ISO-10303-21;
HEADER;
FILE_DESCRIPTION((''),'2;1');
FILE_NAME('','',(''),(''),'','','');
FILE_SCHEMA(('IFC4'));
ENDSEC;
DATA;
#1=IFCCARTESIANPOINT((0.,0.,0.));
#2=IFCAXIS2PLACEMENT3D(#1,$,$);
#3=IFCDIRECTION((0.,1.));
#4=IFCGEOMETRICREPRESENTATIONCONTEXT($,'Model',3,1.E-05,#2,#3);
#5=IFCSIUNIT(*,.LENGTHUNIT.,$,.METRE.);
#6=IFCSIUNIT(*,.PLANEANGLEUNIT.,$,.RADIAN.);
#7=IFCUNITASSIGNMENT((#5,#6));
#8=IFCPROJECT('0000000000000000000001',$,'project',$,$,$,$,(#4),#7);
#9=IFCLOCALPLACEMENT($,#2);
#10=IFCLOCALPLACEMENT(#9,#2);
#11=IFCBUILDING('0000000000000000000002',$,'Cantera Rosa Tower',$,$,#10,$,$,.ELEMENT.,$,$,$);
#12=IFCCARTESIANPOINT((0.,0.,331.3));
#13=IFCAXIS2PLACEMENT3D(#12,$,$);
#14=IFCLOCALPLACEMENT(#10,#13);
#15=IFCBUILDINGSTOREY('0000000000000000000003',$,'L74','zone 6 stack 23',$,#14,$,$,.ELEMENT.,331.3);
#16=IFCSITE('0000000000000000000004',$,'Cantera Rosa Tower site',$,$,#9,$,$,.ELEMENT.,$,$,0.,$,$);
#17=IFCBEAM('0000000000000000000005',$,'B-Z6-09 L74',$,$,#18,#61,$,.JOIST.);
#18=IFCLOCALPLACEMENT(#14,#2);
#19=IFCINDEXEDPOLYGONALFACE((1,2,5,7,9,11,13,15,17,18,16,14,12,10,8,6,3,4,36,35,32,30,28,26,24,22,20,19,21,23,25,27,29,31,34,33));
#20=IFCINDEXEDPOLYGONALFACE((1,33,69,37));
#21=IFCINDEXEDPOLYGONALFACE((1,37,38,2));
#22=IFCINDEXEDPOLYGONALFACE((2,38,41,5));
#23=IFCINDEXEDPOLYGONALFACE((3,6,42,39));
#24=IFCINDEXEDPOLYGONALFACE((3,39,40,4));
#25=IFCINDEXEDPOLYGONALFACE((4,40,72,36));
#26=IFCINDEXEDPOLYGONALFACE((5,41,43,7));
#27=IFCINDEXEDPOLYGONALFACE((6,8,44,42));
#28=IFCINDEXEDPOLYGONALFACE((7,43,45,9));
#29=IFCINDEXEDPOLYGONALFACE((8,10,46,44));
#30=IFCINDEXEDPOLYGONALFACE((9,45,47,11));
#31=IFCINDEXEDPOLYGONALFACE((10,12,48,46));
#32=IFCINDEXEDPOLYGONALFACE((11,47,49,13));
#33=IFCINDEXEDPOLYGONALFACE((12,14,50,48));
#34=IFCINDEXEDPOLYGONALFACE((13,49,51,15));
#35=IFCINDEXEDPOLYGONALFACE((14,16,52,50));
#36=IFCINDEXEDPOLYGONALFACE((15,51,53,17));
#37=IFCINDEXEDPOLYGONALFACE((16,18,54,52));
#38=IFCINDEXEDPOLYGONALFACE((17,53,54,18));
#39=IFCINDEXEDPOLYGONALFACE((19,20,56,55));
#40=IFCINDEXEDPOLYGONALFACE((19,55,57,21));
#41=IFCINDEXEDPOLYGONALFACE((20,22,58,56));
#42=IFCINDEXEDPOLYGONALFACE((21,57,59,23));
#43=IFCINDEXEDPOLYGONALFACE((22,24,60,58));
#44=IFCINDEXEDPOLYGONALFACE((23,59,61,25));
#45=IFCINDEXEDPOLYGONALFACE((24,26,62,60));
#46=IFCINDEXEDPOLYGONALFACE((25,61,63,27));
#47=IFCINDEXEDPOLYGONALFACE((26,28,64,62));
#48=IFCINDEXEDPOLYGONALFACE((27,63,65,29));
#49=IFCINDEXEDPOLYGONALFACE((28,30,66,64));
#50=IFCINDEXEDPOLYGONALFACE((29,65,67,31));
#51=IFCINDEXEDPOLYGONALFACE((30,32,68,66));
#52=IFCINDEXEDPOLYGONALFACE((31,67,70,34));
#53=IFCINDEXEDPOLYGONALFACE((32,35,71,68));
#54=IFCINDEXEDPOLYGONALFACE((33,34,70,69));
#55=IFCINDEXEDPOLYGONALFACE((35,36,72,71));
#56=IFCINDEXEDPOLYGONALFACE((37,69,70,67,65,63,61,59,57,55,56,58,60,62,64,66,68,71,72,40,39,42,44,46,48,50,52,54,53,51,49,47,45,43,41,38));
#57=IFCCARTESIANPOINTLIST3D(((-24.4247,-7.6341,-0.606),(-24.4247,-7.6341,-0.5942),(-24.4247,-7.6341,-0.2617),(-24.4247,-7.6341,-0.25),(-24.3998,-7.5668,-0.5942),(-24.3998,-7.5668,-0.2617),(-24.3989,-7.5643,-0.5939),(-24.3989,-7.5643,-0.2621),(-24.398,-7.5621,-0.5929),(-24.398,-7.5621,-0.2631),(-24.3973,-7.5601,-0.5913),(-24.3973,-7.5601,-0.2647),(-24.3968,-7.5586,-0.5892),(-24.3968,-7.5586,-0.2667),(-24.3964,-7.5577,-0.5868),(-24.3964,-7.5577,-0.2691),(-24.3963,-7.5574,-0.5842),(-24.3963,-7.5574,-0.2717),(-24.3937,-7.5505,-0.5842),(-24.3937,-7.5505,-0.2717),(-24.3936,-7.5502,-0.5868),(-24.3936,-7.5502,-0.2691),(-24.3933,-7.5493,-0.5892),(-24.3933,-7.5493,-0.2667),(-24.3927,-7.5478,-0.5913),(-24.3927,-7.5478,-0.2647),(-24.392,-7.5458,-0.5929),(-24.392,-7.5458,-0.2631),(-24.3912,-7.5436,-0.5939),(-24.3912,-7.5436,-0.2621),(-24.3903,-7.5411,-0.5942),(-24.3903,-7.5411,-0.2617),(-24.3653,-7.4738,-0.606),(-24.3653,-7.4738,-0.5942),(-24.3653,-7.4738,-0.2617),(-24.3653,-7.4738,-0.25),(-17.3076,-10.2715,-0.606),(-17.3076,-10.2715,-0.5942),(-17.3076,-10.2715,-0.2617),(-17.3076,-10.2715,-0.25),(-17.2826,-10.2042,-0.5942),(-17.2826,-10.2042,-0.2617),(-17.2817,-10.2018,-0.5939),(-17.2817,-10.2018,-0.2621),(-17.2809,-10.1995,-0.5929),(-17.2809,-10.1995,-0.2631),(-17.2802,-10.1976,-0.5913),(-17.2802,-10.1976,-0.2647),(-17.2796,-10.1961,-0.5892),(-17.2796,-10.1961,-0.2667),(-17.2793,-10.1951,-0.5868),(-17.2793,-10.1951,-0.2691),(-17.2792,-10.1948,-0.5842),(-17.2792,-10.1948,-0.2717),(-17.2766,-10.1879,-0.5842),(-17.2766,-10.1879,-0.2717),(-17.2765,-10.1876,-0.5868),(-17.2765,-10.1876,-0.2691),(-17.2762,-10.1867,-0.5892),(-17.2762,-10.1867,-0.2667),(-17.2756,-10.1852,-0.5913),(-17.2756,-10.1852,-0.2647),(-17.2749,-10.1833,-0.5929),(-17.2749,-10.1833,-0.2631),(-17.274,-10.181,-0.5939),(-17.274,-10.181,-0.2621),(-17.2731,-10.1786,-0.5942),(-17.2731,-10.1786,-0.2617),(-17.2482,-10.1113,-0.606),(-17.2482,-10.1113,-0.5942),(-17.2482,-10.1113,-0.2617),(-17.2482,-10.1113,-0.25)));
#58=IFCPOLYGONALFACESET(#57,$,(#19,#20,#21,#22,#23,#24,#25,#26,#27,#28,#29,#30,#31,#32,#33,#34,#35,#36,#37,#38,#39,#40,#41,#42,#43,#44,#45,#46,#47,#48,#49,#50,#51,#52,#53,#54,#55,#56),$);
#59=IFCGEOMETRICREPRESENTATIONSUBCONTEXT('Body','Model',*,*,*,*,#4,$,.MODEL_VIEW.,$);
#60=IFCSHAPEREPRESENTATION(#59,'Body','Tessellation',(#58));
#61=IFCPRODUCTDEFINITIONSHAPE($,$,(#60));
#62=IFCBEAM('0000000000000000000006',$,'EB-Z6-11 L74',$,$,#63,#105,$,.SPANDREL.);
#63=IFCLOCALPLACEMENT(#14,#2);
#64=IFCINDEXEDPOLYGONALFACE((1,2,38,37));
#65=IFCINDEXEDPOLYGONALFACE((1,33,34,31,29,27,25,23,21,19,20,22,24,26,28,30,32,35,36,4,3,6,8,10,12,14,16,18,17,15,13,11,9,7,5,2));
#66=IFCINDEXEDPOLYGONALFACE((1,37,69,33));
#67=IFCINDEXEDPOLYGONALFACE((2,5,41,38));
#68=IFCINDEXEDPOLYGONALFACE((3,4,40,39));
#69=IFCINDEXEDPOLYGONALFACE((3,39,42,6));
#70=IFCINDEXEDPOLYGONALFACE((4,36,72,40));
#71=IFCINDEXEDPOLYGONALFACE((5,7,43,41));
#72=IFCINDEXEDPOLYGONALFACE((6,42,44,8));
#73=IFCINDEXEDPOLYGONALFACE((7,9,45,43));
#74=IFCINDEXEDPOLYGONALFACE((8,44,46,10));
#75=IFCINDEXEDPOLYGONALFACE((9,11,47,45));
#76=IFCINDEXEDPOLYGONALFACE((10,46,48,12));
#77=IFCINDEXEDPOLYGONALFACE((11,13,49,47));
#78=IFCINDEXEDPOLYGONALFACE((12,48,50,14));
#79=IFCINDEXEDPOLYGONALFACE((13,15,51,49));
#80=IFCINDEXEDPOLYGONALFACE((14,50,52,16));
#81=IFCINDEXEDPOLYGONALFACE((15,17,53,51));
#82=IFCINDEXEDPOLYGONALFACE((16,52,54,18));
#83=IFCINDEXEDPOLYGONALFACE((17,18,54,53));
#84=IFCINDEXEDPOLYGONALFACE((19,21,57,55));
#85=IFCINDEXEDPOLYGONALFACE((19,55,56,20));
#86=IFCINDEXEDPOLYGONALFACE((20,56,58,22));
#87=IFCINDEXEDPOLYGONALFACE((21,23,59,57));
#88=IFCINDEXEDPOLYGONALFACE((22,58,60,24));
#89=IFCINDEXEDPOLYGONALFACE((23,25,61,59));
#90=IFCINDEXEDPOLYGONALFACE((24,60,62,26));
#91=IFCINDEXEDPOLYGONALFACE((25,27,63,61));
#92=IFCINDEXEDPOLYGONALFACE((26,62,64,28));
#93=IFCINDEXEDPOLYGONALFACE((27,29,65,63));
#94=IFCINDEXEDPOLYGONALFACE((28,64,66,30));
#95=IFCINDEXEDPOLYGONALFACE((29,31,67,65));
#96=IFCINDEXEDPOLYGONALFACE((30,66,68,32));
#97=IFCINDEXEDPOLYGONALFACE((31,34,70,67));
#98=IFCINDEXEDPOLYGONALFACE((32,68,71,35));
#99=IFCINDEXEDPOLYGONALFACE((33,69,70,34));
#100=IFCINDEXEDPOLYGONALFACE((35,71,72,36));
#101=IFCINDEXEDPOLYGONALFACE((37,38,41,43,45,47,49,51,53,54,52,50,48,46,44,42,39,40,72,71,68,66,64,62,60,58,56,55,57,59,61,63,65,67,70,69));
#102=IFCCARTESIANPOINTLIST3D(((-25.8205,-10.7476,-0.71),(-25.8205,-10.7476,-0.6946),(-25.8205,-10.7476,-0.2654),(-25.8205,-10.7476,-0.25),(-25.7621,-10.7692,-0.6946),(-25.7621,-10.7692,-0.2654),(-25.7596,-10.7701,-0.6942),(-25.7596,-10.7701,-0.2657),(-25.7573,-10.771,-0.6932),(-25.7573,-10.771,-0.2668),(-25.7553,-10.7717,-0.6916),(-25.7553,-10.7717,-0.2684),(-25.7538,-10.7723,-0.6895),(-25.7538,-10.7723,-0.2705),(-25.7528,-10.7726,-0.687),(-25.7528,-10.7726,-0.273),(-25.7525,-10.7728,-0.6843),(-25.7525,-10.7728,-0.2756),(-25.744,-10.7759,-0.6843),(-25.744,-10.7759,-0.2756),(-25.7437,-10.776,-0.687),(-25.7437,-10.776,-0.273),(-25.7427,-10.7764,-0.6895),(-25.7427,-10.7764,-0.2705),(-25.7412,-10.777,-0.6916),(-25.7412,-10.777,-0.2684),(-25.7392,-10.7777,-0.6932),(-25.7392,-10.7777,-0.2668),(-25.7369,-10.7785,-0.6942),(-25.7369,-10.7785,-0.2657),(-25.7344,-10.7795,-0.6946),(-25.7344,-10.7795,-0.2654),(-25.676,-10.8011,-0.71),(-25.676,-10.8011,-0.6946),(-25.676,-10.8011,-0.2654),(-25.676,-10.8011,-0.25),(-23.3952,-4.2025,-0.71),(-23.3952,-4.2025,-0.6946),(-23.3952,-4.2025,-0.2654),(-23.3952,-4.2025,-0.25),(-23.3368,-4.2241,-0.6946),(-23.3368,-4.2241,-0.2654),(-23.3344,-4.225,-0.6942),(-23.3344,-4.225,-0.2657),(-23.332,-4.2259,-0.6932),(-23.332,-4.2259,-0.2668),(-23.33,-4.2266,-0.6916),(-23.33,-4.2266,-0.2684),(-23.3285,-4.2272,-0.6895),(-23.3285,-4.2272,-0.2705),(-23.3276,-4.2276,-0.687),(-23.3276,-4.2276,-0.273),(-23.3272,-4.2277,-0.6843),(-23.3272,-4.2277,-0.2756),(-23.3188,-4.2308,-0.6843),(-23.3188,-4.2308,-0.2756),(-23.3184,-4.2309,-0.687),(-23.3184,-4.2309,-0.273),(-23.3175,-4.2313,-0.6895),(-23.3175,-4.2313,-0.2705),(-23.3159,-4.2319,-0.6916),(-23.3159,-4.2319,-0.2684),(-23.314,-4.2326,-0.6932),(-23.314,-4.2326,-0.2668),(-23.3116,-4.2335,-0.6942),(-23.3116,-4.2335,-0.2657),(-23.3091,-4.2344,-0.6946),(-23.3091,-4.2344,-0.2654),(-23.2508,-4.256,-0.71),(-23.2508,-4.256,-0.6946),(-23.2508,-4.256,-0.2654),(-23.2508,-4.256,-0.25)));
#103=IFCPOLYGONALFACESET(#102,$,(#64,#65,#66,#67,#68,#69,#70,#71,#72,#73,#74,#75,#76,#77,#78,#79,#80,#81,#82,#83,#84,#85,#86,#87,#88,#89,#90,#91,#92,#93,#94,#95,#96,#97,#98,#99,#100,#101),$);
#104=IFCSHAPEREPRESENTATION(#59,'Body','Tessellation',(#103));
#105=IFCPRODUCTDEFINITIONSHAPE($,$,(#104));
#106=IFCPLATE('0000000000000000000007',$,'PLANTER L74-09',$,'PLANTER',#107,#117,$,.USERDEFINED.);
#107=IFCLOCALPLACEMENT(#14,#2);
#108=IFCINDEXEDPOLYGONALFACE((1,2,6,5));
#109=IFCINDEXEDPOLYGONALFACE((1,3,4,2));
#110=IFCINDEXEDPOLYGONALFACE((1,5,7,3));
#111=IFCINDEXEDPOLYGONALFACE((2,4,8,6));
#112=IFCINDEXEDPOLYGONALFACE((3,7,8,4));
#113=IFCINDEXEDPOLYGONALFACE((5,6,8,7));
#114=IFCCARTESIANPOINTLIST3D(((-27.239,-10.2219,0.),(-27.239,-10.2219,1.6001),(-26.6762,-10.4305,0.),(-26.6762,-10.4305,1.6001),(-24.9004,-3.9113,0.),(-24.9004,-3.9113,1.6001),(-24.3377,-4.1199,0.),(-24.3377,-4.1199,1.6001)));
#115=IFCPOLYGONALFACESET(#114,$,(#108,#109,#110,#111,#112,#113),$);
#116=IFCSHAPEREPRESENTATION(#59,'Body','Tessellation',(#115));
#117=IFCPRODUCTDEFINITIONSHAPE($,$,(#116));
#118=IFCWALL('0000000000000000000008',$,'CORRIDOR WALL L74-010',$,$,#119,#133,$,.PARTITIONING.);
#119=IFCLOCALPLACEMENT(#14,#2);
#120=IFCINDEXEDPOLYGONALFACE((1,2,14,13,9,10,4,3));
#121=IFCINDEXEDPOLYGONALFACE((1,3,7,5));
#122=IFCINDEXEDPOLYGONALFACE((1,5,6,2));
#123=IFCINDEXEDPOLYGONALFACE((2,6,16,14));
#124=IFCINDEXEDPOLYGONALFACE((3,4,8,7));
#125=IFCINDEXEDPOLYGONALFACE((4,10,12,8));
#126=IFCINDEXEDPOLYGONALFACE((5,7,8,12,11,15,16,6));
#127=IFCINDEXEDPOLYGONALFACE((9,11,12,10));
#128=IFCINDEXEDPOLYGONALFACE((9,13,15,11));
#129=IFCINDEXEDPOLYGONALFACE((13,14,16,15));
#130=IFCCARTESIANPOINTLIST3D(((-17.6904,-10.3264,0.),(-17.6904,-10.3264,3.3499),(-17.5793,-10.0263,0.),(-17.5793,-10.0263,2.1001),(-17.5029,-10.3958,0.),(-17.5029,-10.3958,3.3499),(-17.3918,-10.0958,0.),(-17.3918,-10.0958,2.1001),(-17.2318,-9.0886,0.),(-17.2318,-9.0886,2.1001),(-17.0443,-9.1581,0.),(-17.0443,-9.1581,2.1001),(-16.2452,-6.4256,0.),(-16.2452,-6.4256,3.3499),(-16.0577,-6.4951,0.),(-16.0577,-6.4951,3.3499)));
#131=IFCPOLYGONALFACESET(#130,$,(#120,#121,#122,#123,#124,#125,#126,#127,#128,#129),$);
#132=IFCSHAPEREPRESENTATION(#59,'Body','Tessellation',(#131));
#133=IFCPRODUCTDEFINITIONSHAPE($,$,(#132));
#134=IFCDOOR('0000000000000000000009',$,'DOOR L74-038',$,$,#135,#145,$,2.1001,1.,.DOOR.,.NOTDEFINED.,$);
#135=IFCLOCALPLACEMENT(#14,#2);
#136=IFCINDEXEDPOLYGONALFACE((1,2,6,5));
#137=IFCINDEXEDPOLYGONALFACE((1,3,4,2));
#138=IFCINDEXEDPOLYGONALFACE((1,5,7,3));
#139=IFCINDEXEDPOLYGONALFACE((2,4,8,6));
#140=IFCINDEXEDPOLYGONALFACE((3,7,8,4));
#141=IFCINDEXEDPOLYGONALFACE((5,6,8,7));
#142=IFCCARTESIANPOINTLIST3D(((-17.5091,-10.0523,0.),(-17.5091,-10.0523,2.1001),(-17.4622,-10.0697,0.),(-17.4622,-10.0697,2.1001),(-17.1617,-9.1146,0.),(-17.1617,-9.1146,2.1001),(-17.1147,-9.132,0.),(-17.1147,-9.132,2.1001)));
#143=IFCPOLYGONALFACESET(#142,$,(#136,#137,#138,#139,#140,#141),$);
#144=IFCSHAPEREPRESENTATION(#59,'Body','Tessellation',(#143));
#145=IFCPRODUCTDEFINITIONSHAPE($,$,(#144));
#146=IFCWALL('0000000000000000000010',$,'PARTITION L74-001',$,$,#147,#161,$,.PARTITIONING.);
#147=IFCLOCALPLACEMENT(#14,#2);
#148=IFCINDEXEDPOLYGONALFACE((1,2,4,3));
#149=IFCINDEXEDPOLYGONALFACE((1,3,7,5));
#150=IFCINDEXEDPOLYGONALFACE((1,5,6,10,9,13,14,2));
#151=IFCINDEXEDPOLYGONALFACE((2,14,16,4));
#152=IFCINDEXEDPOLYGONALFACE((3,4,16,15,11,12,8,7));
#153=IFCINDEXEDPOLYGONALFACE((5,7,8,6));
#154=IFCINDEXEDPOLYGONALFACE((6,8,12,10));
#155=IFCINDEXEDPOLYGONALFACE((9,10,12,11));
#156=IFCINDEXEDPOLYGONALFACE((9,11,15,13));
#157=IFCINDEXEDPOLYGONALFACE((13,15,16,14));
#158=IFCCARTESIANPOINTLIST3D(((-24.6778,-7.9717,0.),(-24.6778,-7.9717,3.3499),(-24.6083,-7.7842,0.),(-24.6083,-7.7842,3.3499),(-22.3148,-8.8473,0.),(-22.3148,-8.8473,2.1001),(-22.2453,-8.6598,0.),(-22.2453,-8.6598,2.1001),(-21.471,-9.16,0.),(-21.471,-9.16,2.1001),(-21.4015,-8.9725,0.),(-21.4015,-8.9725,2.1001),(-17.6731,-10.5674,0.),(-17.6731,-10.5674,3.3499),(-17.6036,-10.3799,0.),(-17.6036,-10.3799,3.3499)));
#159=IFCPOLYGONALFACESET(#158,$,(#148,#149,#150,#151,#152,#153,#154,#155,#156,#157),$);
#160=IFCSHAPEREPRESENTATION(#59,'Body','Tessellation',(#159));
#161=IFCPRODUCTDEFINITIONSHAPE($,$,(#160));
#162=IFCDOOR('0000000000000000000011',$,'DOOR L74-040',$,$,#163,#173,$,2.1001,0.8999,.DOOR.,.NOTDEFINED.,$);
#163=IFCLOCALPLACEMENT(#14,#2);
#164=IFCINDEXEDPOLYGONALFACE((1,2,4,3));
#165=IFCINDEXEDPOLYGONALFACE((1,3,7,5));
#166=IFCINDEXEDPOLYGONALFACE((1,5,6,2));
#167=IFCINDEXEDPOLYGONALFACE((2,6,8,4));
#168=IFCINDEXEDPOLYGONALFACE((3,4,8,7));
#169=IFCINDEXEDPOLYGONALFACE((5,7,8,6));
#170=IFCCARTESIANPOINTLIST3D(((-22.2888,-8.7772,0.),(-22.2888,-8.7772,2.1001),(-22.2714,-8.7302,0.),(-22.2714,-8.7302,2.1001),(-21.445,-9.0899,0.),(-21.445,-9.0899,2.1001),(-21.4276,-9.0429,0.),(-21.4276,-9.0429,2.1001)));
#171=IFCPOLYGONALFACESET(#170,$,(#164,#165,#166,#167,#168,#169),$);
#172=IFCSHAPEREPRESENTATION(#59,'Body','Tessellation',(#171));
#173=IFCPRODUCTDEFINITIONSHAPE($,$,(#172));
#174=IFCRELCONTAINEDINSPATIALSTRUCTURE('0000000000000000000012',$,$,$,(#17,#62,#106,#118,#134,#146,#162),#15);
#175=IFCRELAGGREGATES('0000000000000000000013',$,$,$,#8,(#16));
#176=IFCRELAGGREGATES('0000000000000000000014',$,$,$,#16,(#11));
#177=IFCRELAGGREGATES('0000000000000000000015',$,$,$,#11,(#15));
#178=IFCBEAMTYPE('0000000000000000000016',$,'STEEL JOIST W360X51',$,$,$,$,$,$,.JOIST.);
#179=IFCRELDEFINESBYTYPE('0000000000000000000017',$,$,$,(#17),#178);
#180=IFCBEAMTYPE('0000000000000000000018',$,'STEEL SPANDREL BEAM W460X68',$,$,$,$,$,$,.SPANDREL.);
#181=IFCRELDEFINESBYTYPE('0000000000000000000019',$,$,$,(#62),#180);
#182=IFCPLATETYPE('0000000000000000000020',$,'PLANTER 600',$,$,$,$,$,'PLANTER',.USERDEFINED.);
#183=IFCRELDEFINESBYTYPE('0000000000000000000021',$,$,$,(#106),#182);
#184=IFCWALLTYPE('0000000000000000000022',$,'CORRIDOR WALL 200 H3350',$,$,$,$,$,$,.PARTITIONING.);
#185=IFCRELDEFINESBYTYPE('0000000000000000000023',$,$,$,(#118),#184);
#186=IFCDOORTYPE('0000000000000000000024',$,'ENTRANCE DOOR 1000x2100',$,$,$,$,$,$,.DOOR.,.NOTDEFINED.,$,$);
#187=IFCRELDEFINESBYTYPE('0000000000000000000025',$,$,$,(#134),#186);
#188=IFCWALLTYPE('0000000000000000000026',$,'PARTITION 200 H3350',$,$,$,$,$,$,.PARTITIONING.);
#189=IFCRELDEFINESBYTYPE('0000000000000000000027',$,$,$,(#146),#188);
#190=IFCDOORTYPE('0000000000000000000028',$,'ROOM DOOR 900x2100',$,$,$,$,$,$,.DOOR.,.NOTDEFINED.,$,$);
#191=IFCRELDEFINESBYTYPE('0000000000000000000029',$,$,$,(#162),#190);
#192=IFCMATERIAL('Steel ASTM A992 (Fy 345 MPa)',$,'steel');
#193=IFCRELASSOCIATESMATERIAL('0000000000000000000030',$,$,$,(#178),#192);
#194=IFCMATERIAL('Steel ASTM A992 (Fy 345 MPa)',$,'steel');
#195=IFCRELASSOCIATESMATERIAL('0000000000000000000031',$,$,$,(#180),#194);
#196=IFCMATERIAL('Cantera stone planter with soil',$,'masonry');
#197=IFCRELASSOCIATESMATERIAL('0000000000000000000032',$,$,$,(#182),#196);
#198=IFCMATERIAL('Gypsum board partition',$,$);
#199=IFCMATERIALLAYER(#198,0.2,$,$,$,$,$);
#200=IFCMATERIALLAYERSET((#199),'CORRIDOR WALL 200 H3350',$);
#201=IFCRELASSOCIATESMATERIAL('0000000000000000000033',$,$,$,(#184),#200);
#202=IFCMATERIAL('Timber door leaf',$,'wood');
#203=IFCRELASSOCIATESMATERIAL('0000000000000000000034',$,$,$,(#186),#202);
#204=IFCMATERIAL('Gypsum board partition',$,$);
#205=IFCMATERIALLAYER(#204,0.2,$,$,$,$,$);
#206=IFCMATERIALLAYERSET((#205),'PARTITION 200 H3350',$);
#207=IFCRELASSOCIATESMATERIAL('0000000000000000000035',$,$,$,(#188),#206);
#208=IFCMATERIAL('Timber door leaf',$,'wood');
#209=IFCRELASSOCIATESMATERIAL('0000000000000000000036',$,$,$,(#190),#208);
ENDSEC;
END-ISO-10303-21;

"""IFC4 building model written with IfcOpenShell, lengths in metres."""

from ifc_helpers import new_model, si_unit, direction, frame, frame_2d, origin, origin_2d, place, context, subcontext, project, spatial, rectangle, i_section, extrude, material, layer, layer_set, material_profile, profile_set, type_object, element, fill, save


model = new_model("IFC4")

# Units and contexts
model_context = context("Model", 3, precision=1e-05, world=origin(), true_north=direction((0.0, 1.0)))
body_context = subcontext(model_context, "Body", "Model", "MODEL_VIEW")
ifc_project = project(units=[si_unit("LENGTHUNIT", "METRE"), si_unit("PLANEANGLEUNIT", "RADIAN")], contexts=[model_context])

# Site, building, storey
site_placement = place(None, origin())
site = spatial("IfcSite", under=ifc_project, at=site_placement, Name="Cantera Rosa Tower site", CompositionType="ELEMENT", RefElevation=0.0)
building_placement = place(site_placement, origin())
building = spatial("IfcBuilding", under=site, at=building_placement, Name="Cantera Rosa Tower", CompositionType="ELEMENT")
storey_placement = place(building_placement, frame((0.0, 0.0, 331.3)))
storey = spatial("IfcBuildingStorey", under=building, at=storey_placement, Name="L74", Description="zone 6 stack 23", CompositionType="ELEMENT", Elevation=331.3)

# Beams
ifc_material_1 = material(Name="Steel ASTM A992 (Fy 345 MPa)", Category="steel")
ifc_material_profile_1 = material_profile(ifc_material_1, i_section(OverallWidth=0.1709, OverallDepth=0.356, WebThickness=0.0073, FlangeThickness=0.0117, FilletRadius=0.01, at=origin_2d()), Name="W360X51")
ifc_profile_set_1 = profile_set([ifc_material_profile_1], Name="Steel ASTM A992 (Fy 345 MPa)")
beam_type_1 = type_object("IfcBeamType", Name="STEEL JOIST W360X51", PredefinedType="JOIST", material=ifc_profile_set_1)
beam_1_placement = place(storey_placement, frame((-24.395, -7.554, -0.428), z_axis=(0.937686, -0.347483, 0.0), x_axis=(0.347483, 0.937686, 0.0)))
element("IfcBeam", 1, at=beam_1_placement, inside=storey, type_object=beam_type_1, Name="B-Z6-09 L74", PredefinedType="JOIST", context=body_context, shape_type="SweptSolid", body=[
    extrude(i_section(OverallWidth=0.1709, OverallDepth=0.356, WebThickness=0.0073, FlangeThickness=0.0117, FilletRadius=0.01, at=origin_2d()), origin(), (0.0, 0.0, 1.0), 7.5901),
])
ifc_material_2 = material(Name="Steel ASTM A992 (Fy 345 MPa)", Category="steel")
ifc_material_profile_2 = material_profile(ifc_material_2, i_section(OverallWidth=0.1541, OverallDepth=0.46, WebThickness=0.009, FlangeThickness=0.0154, FilletRadius=0.0103, at=origin_2d()), Name="W460X68")
ifc_profile_set_2 = profile_set([ifc_material_profile_2], Name="Steel ASTM A992 (Fy 345 MPa)")
beam_type_2 = type_object("IfcBeamType", Name="STEEL SPANDREL BEAM W460X68", PredefinedType="SPANDREL", material=ifc_profile_set_2)
beam_2_placement = place(storey_placement, frame((-23.323, -4.2292, -0.48), z_axis=(-0.34746, -0.937695, 0.0), x_axis=(0.937695, -0.34746, 0.0)))
element("IfcBeam", 2, at=beam_2_placement, inside=storey, type_object=beam_type_2, Name="EB-Z6-11 L74", PredefinedType="SPANDREL", context=body_context, shape_type="SweptSolid", body=[
    extrude(i_section(OverallWidth=0.1541, OverallDepth=0.46, WebThickness=0.009, FlangeThickness=0.0154, FilletRadius=0.0103, at=origin_2d()), origin(), (0.0, 0.0, 1.0), 6.98),
])

# Plate
ifc_material_3 = material(Name="Cantera stone planter with soil", Category="masonry")
plate_type = type_object("IfcPlateType", Name="PLANTER 600", ElementType="PLANTER", PredefinedType="USERDEFINED", material=ifc_material_3)
plate_placement = place(storey_placement, frame((-25.7883, -7.1709, 0.0), z_axis=(0.0, 0.0, 1.0), x_axis=(-0.347481, -0.937687, 0.0)))
element("IfcPlate", 3, at=plate_placement, inside=storey, type_object=plate_type, Name="PLANTER L74-09", ObjectType="PLANTER", PredefinedType="USERDEFINED", context=body_context, shape_type="SweptSolid", body=[
    extrude(rectangle(XDim=6.73, YDim=0.6001, at=origin_2d()), origin(), (0.0, 0.0, 1.0), 1.6001),
])

# Wall, opening, door
ifc_material_4 = material(Name="Gypsum board partition")
ifc_layer_1 = layer(ifc_material_4, 0.2)
ifc_layer_set_1 = layer_set([ifc_layer_1], Name="CORRIDOR WALL 200 H3350")
wall_type_1 = type_object("IfcWallType", Name="CORRIDOR WALL 200 H3350", PredefinedType="PARTITIONING", material=ifc_layer_set_1)
wall_1_placement = place(storey_placement, frame((-16.1514, -6.4602, 0.0), z_axis=(0.0, 0.0, 1.0), x_axis=(-0.347429, -0.937706, 0.0)))
wall_1 = element("IfcWall", 4, at=wall_1_placement, inside=storey, type_object=wall_type_1, Name="CORRIDOR WALL L74-010", PredefinedType="PARTITIONING", context=body_context, shape_type="SweptSolid", body=[
    extrude(rectangle(XDim=4.1599, YDim=0.2, at=frame_2d((2.0801, 0.0))), origin(), (0.0, 0.0, 1.0), 3.3499),
])
opening_1_placement = place(wall_1_placement, frame((2.8401, 0.0, 0.0)))
opening_1 = element("IfcOpeningElement", 5, at=opening_1_placement, cuts=wall_1, PredefinedType="OPENING", context=body_context, shape_type="SweptSolid", body=[
    extrude(rectangle(XDim=1.0, YDim=2.1001, at=frame_2d((0.5, 1.05))), frame((0.0, 0.1099, 0.0), z_axis=(0.0, -1.0, 0.0), x_axis=(1.0, 0.0, 0.0)), (0.0, 0.0, 1.0), 0.22),
])
ifc_material_5 = material(Name="Timber door leaf", Category="wood")
door_type_1 = type_object("IfcDoorType", Name="ENTRANCE DOOR 1000x2100", OperationType="NOTDEFINED", PredefinedType="DOOR", material=ifc_material_5)
door_1_placement = place(opening_1_placement, origin())
door_1 = element("IfcDoor", 6, at=door_1_placement, inside=storey, type_object=door_type_1, Name="DOOR L74-038", OperationType="NOTDEFINED", OverallHeight=2.1001, OverallWidth=1.0, PredefinedType="DOOR", context=body_context, shape_type="SweptSolid", body=[
    extrude(rectangle(XDim=1.0, YDim=2.1001, at=frame_2d((0.5, 1.05))), frame((0.0, 0.0249, 0.0), z_axis=(0.0, -1.0, 0.0), x_axis=(1.0, 0.0, 0.0)), (0.0, 0.0, 1.0), 0.05),
])
fill(opening_1, door_1)

# Wall, opening, door
ifc_material_6 = material(Name="Gypsum board partition")
ifc_layer_2 = layer(ifc_material_6, 0.2)
ifc_layer_set_2 = layer_set([ifc_layer_2], Name="PARTITION 200 H3350")
wall_type_2 = type_object("IfcWallType", Name="PARTITION 200 H3350", PredefinedType="PARTITIONING", material=ifc_layer_set_2)
wall_2_placement = place(storey_placement, frame((-24.6431, -7.8779, 0.0), z_axis=(0.0, 0.0, 1.0), x_axis=(0.937688, -0.347478, 0.0)))
wall_2 = element("IfcWall", 7, at=wall_2_placement, inside=storey, type_object=wall_type_2, Name="PARTITION L74-001", PredefinedType="PARTITIONING", context=body_context, shape_type="SweptSolid", body=[
    extrude(rectangle(XDim=7.4702, YDim=0.2, at=frame_2d((3.7351, 0.0))), origin(), (0.0, 0.0, 1.0), 3.3499),
])
opening_2_placement = place(wall_2_placement, frame((2.52, 0.0, 0.0)))
opening_2 = element("IfcOpeningElement", 8, at=opening_2_placement, cuts=wall_2, PredefinedType="OPENING", context=body_context, shape_type="SweptSolid", body=[
    extrude(rectangle(XDim=0.8999, YDim=2.1001, at=frame_2d((0.45, 1.05))), frame((0.0, 0.1099, 0.0), z_axis=(0.0, -1.0, 0.0), x_axis=(1.0, 0.0, 0.0)), (0.0, 0.0, 1.0), 0.22),
])
ifc_material_7 = material(Name="Timber door leaf", Category="wood")
door_type_2 = type_object("IfcDoorType", Name="ROOM DOOR 900x2100", OperationType="NOTDEFINED", PredefinedType="DOOR", material=ifc_material_7)
door_2_placement = place(opening_2_placement, origin())
door_2 = element("IfcDoor", 9, at=door_2_placement, inside=storey, type_object=door_type_2, Name="DOOR L74-040", OperationType="NOTDEFINED", OverallHeight=2.1001, OverallWidth=0.8999, PredefinedType="DOOR", context=body_context, shape_type="SweptSolid", body=[
    extrude(rectangle(XDim=0.8999, YDim=2.1001, at=frame_2d((0.45, 1.05))), frame((0.0, 0.0249, 0.0), z_axis=(0.0, -1.0, 0.0), x_axis=(1.0, 0.0, 0.0)), (0.0, 0.0, 1.0), 0.05),
])
fill(opening_2, door_2)

save(model, "model.ifc")
